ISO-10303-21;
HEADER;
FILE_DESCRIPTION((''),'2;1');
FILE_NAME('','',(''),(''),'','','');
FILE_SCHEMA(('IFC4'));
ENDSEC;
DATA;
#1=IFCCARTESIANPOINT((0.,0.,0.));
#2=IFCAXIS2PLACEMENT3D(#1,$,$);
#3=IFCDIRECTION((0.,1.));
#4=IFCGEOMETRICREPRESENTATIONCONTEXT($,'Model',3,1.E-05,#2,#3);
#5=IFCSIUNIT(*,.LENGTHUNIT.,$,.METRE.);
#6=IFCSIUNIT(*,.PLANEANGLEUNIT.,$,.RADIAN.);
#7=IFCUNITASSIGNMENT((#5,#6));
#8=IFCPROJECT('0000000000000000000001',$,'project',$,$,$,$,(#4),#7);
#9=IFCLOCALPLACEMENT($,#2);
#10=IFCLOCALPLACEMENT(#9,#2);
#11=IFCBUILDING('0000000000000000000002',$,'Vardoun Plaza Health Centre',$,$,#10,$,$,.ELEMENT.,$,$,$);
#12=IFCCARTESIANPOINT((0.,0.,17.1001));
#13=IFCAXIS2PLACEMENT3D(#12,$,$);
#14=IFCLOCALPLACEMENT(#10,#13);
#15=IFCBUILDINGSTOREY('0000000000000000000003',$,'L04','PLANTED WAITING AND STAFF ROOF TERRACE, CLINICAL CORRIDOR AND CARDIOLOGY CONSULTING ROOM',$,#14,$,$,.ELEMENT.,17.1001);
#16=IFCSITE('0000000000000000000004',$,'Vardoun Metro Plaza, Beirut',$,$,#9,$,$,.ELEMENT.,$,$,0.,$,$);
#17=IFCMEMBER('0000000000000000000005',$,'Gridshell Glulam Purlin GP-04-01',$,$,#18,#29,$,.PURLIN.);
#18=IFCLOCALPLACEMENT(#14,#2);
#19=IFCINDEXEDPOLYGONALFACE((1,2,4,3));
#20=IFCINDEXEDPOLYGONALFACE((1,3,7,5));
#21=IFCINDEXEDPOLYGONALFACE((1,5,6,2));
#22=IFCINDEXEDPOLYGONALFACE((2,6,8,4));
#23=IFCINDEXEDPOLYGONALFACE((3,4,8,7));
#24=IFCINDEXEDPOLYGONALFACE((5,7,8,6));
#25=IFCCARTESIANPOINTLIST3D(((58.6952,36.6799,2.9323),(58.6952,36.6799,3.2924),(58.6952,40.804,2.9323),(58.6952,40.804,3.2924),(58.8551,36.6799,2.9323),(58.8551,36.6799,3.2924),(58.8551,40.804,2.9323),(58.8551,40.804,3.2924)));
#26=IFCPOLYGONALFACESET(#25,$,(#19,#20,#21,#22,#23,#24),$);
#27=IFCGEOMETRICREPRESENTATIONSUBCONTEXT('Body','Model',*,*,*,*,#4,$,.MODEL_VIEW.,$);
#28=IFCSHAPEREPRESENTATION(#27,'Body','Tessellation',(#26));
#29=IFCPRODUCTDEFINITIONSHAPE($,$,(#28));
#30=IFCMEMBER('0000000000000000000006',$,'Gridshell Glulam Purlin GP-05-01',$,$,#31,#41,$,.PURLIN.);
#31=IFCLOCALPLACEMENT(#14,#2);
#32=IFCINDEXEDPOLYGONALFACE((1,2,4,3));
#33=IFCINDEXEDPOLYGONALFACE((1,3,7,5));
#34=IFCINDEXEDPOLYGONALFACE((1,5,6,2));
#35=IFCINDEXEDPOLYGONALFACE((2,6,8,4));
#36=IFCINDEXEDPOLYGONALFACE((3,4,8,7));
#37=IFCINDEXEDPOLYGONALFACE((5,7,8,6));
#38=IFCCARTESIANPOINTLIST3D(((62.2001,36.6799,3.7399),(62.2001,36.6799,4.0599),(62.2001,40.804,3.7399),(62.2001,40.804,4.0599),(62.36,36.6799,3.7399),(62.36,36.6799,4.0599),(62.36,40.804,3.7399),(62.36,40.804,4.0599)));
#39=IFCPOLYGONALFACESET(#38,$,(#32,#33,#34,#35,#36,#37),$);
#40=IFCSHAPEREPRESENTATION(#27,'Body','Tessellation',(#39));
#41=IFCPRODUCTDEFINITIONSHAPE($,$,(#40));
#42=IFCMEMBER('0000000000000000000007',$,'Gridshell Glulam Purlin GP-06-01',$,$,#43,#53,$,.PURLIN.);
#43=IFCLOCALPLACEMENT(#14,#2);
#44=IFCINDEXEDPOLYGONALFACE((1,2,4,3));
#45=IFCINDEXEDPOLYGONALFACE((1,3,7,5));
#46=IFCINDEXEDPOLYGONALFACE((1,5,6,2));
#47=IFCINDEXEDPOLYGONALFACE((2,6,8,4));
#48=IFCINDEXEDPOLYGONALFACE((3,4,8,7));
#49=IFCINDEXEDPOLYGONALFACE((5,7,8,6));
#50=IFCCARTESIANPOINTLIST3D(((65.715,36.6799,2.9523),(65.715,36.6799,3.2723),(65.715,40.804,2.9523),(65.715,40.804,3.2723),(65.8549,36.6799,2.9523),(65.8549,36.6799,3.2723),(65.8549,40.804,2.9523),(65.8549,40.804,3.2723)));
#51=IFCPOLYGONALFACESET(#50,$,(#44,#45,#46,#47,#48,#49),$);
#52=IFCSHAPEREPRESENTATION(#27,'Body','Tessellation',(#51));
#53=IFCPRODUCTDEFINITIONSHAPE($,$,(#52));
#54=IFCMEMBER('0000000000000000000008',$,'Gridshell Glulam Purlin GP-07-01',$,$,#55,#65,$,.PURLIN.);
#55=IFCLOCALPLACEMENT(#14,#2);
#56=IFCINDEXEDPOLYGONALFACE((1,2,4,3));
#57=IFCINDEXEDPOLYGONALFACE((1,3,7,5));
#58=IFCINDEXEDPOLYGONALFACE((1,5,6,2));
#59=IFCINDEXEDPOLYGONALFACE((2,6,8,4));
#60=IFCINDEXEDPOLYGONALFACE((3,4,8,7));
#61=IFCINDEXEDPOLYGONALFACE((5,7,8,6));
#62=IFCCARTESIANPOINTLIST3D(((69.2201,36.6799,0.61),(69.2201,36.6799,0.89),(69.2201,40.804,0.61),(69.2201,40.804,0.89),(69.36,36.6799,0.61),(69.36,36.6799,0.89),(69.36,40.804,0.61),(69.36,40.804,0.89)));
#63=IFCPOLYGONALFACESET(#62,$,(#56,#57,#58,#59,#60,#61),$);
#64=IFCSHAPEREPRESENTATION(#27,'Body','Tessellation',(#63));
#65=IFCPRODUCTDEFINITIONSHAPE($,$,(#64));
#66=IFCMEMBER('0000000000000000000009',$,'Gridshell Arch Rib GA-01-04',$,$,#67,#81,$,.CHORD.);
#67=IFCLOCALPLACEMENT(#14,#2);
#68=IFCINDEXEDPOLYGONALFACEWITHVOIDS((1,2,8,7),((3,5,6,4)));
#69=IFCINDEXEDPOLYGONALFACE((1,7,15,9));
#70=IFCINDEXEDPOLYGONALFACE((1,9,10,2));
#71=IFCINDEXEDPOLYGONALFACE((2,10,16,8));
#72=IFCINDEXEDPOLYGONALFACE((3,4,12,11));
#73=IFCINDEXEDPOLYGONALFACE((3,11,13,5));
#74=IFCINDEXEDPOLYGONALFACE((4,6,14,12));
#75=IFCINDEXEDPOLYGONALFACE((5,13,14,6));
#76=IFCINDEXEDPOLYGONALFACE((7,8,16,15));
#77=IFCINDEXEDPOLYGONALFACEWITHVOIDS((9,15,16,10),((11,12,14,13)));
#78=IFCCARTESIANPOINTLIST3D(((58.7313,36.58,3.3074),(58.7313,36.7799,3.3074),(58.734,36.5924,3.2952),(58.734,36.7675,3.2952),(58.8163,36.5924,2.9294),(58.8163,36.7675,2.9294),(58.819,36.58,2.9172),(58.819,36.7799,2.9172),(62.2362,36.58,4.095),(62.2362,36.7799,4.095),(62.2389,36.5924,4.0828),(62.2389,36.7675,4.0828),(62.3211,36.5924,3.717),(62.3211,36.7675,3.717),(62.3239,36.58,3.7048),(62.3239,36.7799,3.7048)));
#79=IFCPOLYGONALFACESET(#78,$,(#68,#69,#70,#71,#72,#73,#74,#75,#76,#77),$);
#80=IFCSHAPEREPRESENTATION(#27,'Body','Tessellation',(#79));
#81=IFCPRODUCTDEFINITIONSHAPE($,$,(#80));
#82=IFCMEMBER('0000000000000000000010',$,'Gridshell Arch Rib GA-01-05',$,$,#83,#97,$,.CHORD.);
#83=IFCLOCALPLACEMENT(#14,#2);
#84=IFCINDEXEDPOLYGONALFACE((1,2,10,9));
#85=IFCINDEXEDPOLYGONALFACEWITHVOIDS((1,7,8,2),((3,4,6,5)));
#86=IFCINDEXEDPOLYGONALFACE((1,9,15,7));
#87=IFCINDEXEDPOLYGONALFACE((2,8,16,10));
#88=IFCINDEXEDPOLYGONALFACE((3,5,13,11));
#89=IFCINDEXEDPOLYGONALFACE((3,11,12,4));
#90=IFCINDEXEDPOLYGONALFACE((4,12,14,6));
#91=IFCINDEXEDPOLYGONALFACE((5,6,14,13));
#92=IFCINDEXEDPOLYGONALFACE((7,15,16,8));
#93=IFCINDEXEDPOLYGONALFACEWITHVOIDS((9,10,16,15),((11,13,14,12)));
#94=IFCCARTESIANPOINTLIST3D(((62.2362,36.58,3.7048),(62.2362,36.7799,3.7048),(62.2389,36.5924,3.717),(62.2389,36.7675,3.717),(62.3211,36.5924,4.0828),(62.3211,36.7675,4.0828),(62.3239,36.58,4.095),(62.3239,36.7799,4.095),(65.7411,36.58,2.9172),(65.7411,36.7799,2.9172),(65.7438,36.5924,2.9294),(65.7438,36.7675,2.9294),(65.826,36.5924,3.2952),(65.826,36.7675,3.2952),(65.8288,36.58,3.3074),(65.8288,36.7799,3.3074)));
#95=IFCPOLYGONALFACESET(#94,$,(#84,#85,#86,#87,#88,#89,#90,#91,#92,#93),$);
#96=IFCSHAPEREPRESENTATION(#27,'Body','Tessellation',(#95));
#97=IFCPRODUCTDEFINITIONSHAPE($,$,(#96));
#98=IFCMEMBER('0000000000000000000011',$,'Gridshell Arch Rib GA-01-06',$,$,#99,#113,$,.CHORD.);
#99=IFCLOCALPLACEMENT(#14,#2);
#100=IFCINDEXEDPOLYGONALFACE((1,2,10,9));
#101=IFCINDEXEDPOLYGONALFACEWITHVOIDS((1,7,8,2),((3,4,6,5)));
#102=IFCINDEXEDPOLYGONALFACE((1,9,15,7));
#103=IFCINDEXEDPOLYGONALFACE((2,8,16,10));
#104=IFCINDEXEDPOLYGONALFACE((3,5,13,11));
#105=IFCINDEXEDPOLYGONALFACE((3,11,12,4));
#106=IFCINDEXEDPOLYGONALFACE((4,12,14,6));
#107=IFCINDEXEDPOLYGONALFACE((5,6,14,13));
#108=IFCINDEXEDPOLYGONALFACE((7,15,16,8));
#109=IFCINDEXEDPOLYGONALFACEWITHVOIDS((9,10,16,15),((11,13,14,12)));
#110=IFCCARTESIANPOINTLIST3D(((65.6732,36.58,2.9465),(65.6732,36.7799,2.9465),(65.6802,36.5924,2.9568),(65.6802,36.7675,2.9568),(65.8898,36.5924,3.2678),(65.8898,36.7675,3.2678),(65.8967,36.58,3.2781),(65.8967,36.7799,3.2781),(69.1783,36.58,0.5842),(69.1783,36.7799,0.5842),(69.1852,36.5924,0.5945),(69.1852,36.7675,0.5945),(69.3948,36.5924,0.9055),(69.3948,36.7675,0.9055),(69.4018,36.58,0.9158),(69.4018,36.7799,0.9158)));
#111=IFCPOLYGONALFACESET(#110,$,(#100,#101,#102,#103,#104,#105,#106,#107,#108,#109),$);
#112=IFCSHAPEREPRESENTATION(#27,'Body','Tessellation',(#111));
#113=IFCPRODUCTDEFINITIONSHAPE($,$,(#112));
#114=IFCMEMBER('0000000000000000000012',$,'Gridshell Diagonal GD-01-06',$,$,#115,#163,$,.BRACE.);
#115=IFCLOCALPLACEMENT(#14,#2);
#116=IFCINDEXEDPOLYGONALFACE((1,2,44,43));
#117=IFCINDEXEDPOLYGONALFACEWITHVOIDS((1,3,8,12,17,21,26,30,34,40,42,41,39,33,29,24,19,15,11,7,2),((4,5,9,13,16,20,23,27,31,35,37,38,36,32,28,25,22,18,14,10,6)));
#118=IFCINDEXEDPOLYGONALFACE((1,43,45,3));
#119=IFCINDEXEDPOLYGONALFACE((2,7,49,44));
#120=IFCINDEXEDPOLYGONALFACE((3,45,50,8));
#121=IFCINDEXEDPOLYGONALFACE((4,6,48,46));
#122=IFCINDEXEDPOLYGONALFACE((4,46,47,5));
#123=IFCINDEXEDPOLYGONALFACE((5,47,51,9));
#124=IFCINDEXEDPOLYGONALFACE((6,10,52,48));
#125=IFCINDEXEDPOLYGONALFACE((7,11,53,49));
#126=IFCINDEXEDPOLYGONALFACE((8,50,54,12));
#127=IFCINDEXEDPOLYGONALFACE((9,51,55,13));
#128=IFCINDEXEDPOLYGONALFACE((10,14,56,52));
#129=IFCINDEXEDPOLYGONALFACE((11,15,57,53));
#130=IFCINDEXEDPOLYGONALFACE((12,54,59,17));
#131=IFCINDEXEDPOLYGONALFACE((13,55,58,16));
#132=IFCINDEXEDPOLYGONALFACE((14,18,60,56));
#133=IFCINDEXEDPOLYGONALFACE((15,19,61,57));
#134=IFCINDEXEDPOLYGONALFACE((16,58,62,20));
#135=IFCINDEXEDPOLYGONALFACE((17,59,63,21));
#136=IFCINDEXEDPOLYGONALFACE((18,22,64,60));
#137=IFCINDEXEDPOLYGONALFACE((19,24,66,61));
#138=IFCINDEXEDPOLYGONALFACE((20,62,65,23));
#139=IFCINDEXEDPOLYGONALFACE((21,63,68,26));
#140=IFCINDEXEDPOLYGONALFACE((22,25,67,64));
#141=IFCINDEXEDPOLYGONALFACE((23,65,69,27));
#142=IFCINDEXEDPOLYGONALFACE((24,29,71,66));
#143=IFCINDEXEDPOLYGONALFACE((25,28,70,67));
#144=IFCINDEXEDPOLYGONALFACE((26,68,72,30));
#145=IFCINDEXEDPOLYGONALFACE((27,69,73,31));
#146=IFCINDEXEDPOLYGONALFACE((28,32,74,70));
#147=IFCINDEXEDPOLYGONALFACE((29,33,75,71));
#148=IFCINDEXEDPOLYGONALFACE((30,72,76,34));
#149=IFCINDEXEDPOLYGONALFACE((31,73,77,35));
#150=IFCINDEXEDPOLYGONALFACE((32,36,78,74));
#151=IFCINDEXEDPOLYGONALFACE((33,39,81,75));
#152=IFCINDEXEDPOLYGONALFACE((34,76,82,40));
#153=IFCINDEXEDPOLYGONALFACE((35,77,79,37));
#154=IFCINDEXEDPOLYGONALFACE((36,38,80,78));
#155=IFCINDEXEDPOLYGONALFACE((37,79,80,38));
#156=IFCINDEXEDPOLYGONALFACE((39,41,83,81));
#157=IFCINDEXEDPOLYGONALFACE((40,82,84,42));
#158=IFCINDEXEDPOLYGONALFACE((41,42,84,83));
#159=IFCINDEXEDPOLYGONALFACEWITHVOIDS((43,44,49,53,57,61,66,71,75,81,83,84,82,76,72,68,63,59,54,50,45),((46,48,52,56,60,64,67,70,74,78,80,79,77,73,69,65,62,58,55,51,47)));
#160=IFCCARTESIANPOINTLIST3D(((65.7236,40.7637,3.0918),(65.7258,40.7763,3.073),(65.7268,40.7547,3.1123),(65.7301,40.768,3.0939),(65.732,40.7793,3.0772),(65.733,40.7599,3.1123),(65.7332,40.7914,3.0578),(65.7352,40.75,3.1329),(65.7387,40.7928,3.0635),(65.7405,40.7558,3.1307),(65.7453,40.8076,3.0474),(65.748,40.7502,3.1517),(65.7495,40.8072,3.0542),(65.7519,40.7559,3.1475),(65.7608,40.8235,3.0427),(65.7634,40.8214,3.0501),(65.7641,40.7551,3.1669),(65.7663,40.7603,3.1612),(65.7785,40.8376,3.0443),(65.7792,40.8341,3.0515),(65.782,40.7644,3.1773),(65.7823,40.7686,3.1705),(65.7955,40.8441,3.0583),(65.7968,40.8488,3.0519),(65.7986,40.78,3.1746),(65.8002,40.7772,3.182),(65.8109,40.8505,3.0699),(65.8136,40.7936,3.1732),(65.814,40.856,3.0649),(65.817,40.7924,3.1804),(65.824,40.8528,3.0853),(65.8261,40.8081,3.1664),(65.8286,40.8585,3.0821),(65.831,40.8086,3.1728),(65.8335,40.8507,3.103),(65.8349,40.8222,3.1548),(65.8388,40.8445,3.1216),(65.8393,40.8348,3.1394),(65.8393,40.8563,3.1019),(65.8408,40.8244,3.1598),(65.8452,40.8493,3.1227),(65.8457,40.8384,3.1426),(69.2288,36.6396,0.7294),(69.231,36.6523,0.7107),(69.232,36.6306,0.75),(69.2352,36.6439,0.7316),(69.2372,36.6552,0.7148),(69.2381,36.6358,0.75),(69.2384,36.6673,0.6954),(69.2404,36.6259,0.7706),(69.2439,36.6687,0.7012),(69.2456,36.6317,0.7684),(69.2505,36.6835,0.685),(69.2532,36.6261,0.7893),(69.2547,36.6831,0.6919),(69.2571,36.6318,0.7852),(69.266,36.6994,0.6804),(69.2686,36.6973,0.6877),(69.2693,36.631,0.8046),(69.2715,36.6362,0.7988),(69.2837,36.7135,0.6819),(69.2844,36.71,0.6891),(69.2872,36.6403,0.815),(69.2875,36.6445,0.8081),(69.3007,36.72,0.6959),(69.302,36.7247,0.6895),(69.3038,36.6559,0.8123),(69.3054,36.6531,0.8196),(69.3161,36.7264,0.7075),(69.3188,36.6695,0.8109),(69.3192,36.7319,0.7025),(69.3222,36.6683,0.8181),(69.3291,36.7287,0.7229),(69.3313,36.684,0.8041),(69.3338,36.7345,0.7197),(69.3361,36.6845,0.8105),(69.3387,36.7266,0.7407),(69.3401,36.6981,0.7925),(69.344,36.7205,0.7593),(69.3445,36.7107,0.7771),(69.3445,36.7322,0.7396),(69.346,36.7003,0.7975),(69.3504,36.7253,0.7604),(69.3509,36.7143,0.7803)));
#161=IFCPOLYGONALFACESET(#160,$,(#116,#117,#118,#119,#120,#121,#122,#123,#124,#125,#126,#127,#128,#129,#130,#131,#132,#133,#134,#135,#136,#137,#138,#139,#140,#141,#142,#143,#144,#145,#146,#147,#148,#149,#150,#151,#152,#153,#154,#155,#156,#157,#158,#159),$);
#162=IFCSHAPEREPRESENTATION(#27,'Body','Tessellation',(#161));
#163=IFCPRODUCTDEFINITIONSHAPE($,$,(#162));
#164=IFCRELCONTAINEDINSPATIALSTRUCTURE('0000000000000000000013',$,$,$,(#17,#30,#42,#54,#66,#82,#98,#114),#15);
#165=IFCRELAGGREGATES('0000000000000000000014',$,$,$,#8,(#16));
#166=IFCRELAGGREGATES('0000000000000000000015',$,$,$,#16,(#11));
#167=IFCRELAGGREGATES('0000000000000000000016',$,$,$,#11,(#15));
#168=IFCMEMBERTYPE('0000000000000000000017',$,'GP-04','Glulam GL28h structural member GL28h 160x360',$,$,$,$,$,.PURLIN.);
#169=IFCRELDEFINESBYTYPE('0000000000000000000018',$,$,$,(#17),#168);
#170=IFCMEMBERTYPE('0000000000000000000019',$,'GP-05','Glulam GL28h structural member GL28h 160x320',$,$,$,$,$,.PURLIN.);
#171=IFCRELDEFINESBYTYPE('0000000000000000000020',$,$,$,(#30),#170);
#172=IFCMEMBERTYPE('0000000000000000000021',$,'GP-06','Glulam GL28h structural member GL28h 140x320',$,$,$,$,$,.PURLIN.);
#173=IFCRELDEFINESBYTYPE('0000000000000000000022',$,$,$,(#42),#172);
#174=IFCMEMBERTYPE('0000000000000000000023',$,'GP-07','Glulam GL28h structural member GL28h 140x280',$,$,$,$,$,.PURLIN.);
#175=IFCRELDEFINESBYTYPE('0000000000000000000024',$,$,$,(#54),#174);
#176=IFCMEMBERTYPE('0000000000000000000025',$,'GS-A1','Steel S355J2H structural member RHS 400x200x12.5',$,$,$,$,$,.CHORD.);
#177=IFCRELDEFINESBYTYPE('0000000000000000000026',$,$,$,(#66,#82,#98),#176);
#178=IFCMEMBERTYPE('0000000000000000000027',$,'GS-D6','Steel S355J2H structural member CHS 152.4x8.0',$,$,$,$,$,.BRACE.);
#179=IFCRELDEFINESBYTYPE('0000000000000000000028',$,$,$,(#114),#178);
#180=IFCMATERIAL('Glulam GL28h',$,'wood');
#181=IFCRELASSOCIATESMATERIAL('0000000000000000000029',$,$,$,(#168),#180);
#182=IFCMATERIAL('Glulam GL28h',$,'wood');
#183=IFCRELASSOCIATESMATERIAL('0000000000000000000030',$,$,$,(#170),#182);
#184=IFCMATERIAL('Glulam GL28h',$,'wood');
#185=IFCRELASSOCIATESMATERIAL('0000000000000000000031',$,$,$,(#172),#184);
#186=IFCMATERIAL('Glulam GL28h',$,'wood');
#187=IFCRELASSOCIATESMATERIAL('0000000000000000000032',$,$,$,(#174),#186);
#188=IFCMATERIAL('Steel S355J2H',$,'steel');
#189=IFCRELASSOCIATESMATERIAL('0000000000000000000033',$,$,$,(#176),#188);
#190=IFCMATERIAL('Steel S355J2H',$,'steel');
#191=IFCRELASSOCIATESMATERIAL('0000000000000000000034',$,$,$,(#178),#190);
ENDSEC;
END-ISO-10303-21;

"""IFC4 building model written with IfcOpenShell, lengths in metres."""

from ifc_helpers import new_model, si_unit, direction, frame, origin, origin_2d, place, context, subcontext, project, spatial, rectangle, hollow_rectangle, hollow_circle, extrude, material, material_profile, profile_set, type_object, element, save


model = new_model("IFC4")

# Units and contexts
model_context = context("Model", 3, precision=1e-05, world=origin(), true_north=direction((0.0, 1.0)))
body_context = subcontext(model_context, "Body", "Model", "MODEL_VIEW")
ifc_project = project(units=[si_unit("LENGTHUNIT", "METRE"), si_unit("PLANEANGLEUNIT", "RADIAN")], contexts=[model_context])

# Site, building, storey
site_placement = place(None, origin())
site = spatial("IfcSite", under=ifc_project, at=site_placement, Name="Vardoun Metro Plaza, Beirut", CompositionType="ELEMENT", RefElevation=0.0)
building_placement = place(site_placement, origin())
building = spatial("IfcBuilding", under=site, at=building_placement, Name="Vardoun Plaza Health Centre", CompositionType="ELEMENT")
storey_placement = place(building_placement, frame((0.0, 0.0, 17.1001)))
storey = spatial("IfcBuildingStorey", under=building, at=storey_placement, Name="L04", Description="PLANTED WAITING AND STAFF ROOF TERRACE, CLINICAL CORRIDOR AND CARDIOLOGY CONSULTING ROOM", CompositionType="ELEMENT", Elevation=17.1001)

# Members
ifc_material_1 = material(Name="Glulam GL28h", Category="wood")
ifc_material_profile_1 = material_profile(ifc_material_1, rectangle(XDim=0.1599, YDim=0.3601, at=origin_2d()), Name="GL28h 160x360")
ifc_profile_set_1 = profile_set([ifc_material_profile_1], Name="Glulam GL28h")
member_type_1 = type_object("IfcMemberType", Name="GP-04", Description="Glulam GL28h structural member GL28h 160x360", PredefinedType="PURLIN", material=ifc_profile_set_1)
member_1_placement = place(storey_placement, frame((58.7751, 36.6799, 3.1123), z_axis=(0.0, 1.0, 0.0), x_axis=(-1.0, 0.0, 0.0)))
element("IfcMember", 1, at=member_1_placement, inside=storey, type_object=member_type_1, Name="Gridshell Glulam Purlin GP-04-01", PredefinedType="PURLIN", context=body_context, shape_type="SweptSolid", body=[
    extrude(rectangle(XDim=0.1599, YDim=0.3601, at=origin_2d()), origin(), (0.0, 0.0, 1.0), 4.124),
])
ifc_material_2 = material(Name="Glulam GL28h", Category="wood")
ifc_material_profile_2 = material_profile(ifc_material_2, rectangle(XDim=0.1599, YDim=0.3201, at=origin_2d()), Name="GL28h 160x320")
ifc_profile_set_2 = profile_set([ifc_material_profile_2], Name="Glulam GL28h")
member_type_2 = type_object("IfcMemberType", Name="GP-05", Description="Glulam GL28h structural member GL28h 160x320", PredefinedType="PURLIN", material=ifc_profile_set_2)
member_2_placement = place(storey_placement, frame((62.28, 36.6799, 3.8999), z_axis=(0.0, 1.0, 0.0), x_axis=(-1.0, 0.0, 0.0)))
element("IfcMember", 2, at=member_2_placement, inside=storey, type_object=member_type_2, Name="Gridshell Glulam Purlin GP-05-01", PredefinedType="PURLIN", context=body_context, shape_type="SweptSolid", body=[
    extrude(rectangle(XDim=0.1599, YDim=0.3201, at=origin_2d()), origin(), (0.0, 0.0, 1.0), 4.124),
])
ifc_material_3 = material(Name="Glulam GL28h", Category="wood")
ifc_material_profile_3 = material_profile(ifc_material_3, rectangle(XDim=0.1399, YDim=0.3201, at=origin_2d()), Name="GL28h 140x320")
ifc_profile_set_3 = profile_set([ifc_material_profile_3], Name="Glulam GL28h")
member_type_3 = type_object("IfcMemberType", Name="GP-06", Description="Glulam GL28h structural member GL28h 140x320", PredefinedType="PURLIN", material=ifc_profile_set_3)
member_3_placement = place(storey_placement, frame((65.7849, 36.6799, 3.1123), z_axis=(0.0, 1.0, 0.0), x_axis=(-1.0, 0.0, 0.0)))
element("IfcMember", 3, at=member_3_placement, inside=storey, type_object=member_type_3, Name="Gridshell Glulam Purlin GP-06-01", PredefinedType="PURLIN", context=body_context, shape_type="SweptSolid", body=[
    extrude(rectangle(XDim=0.1399, YDim=0.3201, at=origin_2d()), origin(), (0.0, 0.0, 1.0), 4.124),
])
ifc_material_4 = material(Name="Glulam GL28h", Category="wood")
ifc_material_profile_4 = material_profile(ifc_material_4, rectangle(XDim=0.1399, YDim=0.28, at=origin_2d()), Name="GL28h 140x280")
ifc_profile_set_4 = profile_set([ifc_material_profile_4], Name="Glulam GL28h")
member_type_4 = type_object("IfcMemberType", Name="GP-07", Description="Glulam GL28h structural member GL28h 140x280", PredefinedType="PURLIN", material=ifc_profile_set_4)
member_4_placement = place(storey_placement, frame((69.29, 36.6799, 0.75), z_axis=(0.0, 1.0, 0.0), x_axis=(-1.0, 0.0, 0.0)))
element("IfcMember", 4, at=member_4_placement, inside=storey, type_object=member_type_4, Name="Gridshell Glulam Purlin GP-07-01", PredefinedType="PURLIN", context=body_context, shape_type="SweptSolid", body=[
    extrude(rectangle(XDim=0.1399, YDim=0.28, at=origin_2d()), origin(), (0.0, 0.0, 1.0), 4.124),
])
ifc_material_5 = material(Name="Steel S355J2H", Category="steel")
ifc_material_profile_5 = material_profile(ifc_material_5, hollow_rectangle(XDim=0.2, YDim=0.3999, WallThickness=0.0125, at=origin_2d()), Name="RHS 400x200x12.5")
ifc_profile_set_5 = profile_set([ifc_material_profile_5], Name="Steel S355J2H")
member_type_5 = type_object("IfcMemberType", Name="GS-A1", Description="Steel S355J2H structural member RHS 400x200x12.5", PredefinedType="CHORD", material=ifc_profile_set_5)
for number, where, z_axis, x_axis, name in (
    (5, (58.7751, 36.6799, 3.1123), (0.975669, 0.0, 0.219247), (0.0, 1.0, 0.0), "Gridshell Arch Rib GA-01-04"),
    (6, (65.7849, 36.6799, 3.1123), (-0.975669, 0.0, 0.219247), (0.0, -1.0, 0.0), "Gridshell Arch Rib GA-01-05"),
):
    element("IfcMember", number, at=place(storey_placement, frame(where, z_axis=z_axis, x_axis=x_axis)), inside=storey, type_object=member_type_5, Name=name, PredefinedType="CHORD", context=body_context, shape_type="SweptSolid", body=[
        extrude(hollow_rectangle(XDim=0.2, YDim=0.3999, WallThickness=0.0125, at=origin_2d()), origin(), (0.0, 0.0, 1.0), 3.5923),
    ])
member_5_placement = place(storey_placement, frame((69.29, 36.6799, 0.75), z_axis=(-0.82925, 0.0, 0.558879), x_axis=(0.0, -1.0, 0.0)))
element("IfcMember", 7, at=member_5_placement, inside=storey, type_object=member_type_5, Name="Gridshell Arch Rib GA-01-06", PredefinedType="CHORD", context=body_context, shape_type="SweptSolid", body=[
    extrude(hollow_rectangle(XDim=0.2, YDim=0.3999, WallThickness=0.0125, at=origin_2d()), origin(), (0.0, 0.0, 1.0), 4.2268),
])
ifc_material_6 = material(Name="Steel S355J2H", Category="steel")
ifc_material_profile_6 = material_profile(ifc_material_6, hollow_circle(Radius=0.0762, WallThickness=0.0081, at=origin_2d()), Name="CHS 152.4x8.0")
ifc_profile_set_6 = profile_set([ifc_material_profile_6], Name="Steel S355J2H")
member_type_6 = type_object("IfcMemberType", Name="GS-D6", Description="Steel S355J2H structural member CHS 152.4x8.0", PredefinedType="BRACE", material=ifc_profile_set_6)
member_6_placement = place(storey_placement, frame((69.29, 36.6799, 0.75), z_axis=(-0.593544, 0.698346, 0.400023), x_axis=(-0.761966, -0.647617, 0.0)))
element("IfcMember", 8, at=member_6_placement, inside=storey, type_object=member_type_6, Name="Gridshell Diagonal GD-01-06", PredefinedType="BRACE", context=body_context, shape_type="SweptSolid", body=[
    extrude(hollow_circle(Radius=0.0762, WallThickness=0.0081, at=origin_2d()), origin(), (0.0, 0.0, 1.0), 5.9055),
])

save(model, "model.ifc")
